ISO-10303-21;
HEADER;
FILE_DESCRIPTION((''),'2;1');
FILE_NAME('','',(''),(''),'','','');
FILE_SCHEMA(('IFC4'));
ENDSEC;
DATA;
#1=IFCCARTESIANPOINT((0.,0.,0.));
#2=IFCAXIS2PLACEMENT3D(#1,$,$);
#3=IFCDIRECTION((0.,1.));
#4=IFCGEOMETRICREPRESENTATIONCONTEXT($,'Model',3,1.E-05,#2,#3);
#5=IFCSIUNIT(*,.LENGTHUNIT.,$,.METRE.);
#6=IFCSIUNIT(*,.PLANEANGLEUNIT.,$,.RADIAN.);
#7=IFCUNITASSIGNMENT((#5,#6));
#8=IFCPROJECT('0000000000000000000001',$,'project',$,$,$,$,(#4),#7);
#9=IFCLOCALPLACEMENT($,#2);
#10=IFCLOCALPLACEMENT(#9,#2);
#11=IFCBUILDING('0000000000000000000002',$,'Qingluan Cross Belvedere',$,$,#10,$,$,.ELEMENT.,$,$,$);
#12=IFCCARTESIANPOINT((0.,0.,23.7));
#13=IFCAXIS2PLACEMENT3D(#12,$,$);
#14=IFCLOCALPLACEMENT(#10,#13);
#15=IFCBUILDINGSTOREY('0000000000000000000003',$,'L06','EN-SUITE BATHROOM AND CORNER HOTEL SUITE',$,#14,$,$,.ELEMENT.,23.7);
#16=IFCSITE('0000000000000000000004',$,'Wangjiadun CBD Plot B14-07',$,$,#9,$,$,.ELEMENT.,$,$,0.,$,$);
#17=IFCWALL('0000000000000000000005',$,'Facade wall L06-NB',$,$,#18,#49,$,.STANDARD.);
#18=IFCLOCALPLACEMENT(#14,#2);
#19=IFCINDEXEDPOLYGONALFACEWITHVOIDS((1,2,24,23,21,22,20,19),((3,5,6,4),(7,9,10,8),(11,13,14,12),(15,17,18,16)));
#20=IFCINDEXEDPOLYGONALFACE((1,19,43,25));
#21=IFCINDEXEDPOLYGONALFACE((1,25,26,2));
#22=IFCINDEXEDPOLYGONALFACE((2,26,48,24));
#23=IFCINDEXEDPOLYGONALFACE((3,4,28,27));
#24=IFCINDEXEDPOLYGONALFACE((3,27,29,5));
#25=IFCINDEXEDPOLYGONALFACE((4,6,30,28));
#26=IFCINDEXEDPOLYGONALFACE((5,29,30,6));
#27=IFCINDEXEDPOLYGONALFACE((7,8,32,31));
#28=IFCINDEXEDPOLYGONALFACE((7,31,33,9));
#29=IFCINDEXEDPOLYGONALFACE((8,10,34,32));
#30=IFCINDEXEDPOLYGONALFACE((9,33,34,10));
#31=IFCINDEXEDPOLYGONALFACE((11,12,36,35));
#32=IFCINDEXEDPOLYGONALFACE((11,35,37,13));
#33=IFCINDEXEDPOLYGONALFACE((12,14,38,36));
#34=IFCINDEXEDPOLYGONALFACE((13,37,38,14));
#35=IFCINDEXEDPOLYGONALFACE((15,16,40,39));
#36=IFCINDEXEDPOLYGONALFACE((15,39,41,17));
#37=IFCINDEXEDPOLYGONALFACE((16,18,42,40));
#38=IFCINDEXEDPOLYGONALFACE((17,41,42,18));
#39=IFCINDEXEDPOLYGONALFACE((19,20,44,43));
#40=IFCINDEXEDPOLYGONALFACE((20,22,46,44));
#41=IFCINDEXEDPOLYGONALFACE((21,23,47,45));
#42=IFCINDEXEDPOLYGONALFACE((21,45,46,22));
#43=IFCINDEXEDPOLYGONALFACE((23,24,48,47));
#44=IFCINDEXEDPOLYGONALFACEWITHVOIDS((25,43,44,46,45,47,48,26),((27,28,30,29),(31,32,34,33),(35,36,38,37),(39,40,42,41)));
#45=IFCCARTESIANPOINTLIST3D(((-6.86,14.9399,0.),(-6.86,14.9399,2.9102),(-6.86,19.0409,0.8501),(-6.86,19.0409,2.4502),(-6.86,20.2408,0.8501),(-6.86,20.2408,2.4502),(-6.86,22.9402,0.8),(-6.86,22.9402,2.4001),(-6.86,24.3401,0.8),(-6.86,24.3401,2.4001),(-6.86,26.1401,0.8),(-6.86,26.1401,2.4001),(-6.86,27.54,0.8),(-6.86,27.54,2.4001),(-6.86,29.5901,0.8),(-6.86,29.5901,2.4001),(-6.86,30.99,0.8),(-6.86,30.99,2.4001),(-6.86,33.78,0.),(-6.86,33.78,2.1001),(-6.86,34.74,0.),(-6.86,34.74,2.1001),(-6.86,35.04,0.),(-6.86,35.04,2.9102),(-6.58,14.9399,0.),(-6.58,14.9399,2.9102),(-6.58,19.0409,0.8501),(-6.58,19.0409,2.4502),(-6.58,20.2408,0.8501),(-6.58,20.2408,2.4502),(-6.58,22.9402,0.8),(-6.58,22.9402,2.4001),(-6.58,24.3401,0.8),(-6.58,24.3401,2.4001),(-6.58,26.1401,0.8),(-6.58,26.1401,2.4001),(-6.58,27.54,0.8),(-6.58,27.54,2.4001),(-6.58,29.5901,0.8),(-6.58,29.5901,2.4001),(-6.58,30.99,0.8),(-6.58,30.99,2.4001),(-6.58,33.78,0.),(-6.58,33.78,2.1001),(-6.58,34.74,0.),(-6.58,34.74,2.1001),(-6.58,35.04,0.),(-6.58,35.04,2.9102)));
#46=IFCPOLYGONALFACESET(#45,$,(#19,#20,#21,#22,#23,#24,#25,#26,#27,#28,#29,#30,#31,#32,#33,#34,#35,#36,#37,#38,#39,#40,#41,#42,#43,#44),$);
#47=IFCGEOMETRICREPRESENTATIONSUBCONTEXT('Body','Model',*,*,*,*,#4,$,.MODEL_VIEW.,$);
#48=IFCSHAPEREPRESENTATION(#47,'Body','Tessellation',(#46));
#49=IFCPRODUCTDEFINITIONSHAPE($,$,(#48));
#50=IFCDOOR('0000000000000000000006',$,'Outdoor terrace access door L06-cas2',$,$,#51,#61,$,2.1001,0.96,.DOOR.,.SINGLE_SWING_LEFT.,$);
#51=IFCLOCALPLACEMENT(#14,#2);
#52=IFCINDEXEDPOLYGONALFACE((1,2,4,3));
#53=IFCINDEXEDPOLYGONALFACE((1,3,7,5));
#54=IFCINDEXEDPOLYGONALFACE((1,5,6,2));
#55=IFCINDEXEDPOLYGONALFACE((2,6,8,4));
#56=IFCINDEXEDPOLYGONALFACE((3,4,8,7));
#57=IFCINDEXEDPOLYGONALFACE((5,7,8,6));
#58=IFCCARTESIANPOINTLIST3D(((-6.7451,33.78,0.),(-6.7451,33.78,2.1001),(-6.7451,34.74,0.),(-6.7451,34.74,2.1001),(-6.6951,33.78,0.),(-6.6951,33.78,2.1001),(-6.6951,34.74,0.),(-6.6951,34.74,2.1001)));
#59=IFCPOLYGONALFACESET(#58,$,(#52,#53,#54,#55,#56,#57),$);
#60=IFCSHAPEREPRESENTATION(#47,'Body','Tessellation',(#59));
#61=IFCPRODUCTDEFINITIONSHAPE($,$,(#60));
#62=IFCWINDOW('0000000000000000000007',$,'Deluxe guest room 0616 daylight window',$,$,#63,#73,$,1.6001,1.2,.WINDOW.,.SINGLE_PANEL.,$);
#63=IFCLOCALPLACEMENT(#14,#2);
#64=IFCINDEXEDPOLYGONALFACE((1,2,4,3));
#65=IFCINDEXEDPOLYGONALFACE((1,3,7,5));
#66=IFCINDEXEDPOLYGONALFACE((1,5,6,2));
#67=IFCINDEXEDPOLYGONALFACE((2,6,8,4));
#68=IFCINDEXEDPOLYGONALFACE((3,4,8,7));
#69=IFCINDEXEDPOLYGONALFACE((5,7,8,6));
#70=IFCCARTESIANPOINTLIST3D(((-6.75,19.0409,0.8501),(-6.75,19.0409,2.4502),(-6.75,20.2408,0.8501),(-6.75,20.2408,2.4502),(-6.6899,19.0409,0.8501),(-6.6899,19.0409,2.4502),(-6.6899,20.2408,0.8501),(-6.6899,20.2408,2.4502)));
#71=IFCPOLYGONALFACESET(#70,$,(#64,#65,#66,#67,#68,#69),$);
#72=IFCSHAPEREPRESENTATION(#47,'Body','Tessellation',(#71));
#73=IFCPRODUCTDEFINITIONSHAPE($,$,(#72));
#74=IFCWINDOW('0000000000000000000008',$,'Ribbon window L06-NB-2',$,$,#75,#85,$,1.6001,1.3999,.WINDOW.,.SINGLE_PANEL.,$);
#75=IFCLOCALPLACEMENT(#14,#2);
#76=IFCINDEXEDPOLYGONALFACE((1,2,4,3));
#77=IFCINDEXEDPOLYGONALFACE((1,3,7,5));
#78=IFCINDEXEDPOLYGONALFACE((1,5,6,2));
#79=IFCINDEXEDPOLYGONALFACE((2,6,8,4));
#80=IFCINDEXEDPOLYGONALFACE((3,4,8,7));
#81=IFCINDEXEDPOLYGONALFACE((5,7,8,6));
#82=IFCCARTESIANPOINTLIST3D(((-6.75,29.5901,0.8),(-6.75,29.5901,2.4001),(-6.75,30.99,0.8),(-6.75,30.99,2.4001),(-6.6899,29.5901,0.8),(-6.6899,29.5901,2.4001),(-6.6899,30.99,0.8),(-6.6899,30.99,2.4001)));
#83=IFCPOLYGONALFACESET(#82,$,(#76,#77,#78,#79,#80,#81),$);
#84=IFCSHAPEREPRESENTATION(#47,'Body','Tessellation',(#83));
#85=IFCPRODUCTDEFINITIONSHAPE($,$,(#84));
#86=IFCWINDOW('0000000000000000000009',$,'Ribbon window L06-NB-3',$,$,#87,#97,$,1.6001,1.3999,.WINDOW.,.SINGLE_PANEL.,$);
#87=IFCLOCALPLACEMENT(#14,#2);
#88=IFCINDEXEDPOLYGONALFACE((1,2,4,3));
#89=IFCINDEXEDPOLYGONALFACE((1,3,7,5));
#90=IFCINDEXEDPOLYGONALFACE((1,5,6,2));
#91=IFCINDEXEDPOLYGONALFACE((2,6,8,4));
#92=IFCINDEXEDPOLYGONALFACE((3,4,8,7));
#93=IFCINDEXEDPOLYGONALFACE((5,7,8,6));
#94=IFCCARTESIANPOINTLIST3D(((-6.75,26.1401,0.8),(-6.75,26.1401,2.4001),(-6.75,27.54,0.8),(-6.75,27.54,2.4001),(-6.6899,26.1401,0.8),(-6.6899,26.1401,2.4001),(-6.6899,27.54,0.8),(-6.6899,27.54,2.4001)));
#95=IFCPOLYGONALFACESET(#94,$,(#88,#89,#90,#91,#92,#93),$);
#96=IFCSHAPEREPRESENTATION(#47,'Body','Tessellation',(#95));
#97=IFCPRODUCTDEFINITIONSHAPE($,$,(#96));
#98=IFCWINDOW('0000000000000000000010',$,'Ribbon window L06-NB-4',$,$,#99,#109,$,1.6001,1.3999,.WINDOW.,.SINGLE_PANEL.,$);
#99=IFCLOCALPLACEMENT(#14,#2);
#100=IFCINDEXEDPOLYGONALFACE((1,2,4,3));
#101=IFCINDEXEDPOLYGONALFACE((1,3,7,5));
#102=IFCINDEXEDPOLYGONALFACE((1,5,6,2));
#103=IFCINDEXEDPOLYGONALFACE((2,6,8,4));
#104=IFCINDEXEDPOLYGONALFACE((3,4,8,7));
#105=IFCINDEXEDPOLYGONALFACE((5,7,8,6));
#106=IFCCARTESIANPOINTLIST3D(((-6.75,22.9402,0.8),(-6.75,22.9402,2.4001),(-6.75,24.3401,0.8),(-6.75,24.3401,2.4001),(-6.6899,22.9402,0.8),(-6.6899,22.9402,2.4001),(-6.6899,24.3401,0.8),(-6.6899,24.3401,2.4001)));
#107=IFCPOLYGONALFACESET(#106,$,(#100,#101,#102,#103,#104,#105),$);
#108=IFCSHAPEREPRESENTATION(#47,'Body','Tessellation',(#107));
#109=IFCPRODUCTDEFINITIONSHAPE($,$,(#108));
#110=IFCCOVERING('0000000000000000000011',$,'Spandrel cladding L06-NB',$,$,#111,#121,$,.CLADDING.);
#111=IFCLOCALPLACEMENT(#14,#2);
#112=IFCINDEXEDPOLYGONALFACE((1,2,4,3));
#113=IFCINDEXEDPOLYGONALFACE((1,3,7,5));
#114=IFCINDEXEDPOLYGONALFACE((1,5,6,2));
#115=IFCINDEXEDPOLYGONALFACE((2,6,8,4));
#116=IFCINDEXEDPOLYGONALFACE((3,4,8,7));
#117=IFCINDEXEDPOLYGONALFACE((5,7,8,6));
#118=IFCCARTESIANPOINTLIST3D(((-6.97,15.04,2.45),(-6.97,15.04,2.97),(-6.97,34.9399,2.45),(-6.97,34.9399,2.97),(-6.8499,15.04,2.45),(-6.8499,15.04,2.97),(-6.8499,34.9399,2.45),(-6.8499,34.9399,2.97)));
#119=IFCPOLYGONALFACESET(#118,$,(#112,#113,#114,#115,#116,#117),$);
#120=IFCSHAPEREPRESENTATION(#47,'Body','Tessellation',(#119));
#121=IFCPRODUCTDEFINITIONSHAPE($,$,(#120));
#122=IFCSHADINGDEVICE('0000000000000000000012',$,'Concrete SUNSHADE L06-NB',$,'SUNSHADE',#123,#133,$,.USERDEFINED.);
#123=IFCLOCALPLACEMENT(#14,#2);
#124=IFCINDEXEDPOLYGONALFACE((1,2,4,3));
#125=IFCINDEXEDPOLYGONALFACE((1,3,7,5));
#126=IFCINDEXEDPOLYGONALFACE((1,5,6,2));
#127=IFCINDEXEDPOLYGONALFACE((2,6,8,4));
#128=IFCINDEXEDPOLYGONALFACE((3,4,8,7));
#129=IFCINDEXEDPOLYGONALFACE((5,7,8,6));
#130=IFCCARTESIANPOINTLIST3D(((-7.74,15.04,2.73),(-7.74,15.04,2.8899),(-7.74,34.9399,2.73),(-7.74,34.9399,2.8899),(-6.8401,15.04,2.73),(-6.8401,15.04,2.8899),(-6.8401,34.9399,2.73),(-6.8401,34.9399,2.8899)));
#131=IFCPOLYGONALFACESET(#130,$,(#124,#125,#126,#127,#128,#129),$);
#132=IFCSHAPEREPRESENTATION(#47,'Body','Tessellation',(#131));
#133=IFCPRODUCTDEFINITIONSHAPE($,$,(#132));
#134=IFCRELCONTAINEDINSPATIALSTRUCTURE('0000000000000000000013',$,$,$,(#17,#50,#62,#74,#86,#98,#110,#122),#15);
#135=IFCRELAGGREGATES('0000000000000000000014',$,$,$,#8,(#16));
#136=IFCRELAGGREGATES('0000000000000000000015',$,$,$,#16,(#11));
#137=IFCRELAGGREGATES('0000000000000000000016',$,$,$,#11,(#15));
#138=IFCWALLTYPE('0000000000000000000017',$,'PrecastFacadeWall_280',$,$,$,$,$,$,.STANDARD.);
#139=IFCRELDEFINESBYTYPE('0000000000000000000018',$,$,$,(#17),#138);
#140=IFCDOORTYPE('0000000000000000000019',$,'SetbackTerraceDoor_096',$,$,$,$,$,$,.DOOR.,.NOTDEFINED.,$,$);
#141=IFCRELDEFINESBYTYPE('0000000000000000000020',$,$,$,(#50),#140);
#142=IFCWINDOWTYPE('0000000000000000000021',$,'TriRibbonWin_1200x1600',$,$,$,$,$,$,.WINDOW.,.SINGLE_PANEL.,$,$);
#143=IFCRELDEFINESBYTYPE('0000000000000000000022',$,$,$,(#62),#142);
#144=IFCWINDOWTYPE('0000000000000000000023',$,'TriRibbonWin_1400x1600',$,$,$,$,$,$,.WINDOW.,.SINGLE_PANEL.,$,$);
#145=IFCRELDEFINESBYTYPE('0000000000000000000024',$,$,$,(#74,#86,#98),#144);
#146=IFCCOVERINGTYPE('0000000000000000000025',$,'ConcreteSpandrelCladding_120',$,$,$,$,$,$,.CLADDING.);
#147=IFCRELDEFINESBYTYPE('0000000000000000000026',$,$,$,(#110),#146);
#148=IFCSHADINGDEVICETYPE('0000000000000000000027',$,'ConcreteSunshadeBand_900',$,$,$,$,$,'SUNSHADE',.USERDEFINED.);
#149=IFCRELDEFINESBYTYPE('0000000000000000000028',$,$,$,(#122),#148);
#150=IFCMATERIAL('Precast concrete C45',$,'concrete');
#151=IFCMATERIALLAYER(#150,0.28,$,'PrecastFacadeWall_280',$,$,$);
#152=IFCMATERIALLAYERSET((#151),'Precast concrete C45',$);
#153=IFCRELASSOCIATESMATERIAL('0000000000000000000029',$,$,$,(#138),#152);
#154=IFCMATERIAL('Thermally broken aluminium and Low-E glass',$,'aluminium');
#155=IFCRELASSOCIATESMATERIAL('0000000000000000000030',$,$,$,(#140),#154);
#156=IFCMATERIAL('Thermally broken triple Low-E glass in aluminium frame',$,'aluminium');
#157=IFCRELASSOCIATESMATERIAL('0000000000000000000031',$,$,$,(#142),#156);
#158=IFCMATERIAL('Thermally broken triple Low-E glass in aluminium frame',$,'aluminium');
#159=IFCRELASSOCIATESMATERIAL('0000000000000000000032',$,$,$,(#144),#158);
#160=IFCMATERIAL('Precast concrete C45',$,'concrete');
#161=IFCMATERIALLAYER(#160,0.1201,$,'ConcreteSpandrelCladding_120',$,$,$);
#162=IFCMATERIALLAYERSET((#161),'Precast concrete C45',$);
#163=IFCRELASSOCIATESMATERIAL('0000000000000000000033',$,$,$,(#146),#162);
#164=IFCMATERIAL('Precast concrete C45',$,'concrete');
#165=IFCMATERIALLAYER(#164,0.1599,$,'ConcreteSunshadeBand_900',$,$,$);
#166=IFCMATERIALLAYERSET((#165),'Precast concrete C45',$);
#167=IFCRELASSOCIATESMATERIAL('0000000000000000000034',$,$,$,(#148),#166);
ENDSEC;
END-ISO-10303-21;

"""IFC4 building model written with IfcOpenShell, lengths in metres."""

from ifc_helpers import new_model, si_unit, direction, frame, frame_2d, origin, origin_2d, place, context, subcontext, project, spatial, rectangle, extrude, material, layer, layer_set, type_object, element, fill, save


model = new_model("IFC4")

# Units and contexts
model_context = context("Model", 3, precision=1e-05, world=origin(), true_north=direction((0.0, 1.0)))
body_context = subcontext(model_context, "Body", "Model", "MODEL_VIEW")
ifc_project = project(units=[si_unit("LENGTHUNIT", "METRE"), si_unit("PLANEANGLEUNIT", "RADIAN")], contexts=[model_context])

# Site, building, storey
site_placement = place(None, origin())
site = spatial("IfcSite", under=ifc_project, at=site_placement, Name="Wangjiadun CBD Plot B14-07", CompositionType="ELEMENT", RefElevation=0.0)
building_placement = place(site_placement, origin())
building = spatial("IfcBuilding", under=site, at=building_placement, Name="Qingluan Cross Belvedere", CompositionType="ELEMENT")
storey_placement = place(building_placement, frame((0.0, 0.0, 23.7)))
storey = spatial("IfcBuildingStorey", under=building, at=storey_placement, Name="L06", Description="EN-SUITE BATHROOM AND CORNER HOTEL SUITE", CompositionType="ELEMENT", Elevation=23.7)

# Wall, openings, door, windows
ifc_material_1 = material(Name="Precast concrete C45", Category="concrete")
ifc_layer_1 = layer(ifc_material_1, 0.28, Name="PrecastFacadeWall_280")
ifc_layer_set_1 = layer_set([ifc_layer_1], Name="Precast concrete C45")
wall_type = type_object("IfcWallType", Name="PrecastFacadeWall_280", PredefinedType="STANDARD", material=ifc_layer_set_1)
wall_placement = place(storey_placement, frame((-6.72, 35.04, 0.0), z_axis=(0.0, 0.0, 1.0), x_axis=(0.0, -1.0, 0.0)))
wall = element("IfcWall", 1, at=wall_placement, inside=storey, type_object=wall_type, Name="Facade wall L06-NB", PredefinedType="STANDARD", context=body_context, shape_type="SweptSolid", body=[
    extrude(rectangle(XDim=20.1001, YDim=0.28, at=frame_2d((10.05, 0.0))), origin(), (0.0, 0.0, 1.0), 2.9102),
])
opening_1_placement = place(wall_placement, frame((4.05, 0.0, 0.8)))
opening_1 = element("IfcOpeningElement", 2, at=opening_1_placement, cuts=wall, PredefinedType="OPENING", context=body_context, shape_type="SweptSolid", body=[
    extrude(rectangle(XDim=1.3999, YDim=1.6001, at=frame_2d((0.7, 0.8))), frame((0.0, 0.1499, 0.0), z_axis=(0.0, -1.0, 0.0), x_axis=(1.0, 0.0, 0.0)), (0.0, 0.0, 1.0), 0.3),
])
opening_2_placement = place(wall_placement, frame((7.5, 0.0, 0.8)))
opening_2 = element("IfcOpeningElement", 3, at=opening_2_placement, cuts=wall, PredefinedType="OPENING", context=body_context, shape_type="SweptSolid", body=[
    extrude(rectangle(XDim=1.3999, YDim=1.6001, at=frame_2d((0.7, 0.8))), frame((0.0, 0.1499, 0.0), z_axis=(0.0, -1.0, 0.0), x_axis=(1.0, 0.0, 0.0)), (0.0, 0.0, 1.0), 0.3),
])
opening_3_placement = place(wall_placement, frame((10.7, 0.0, 0.8)))
opening_3 = element("IfcOpeningElement", 4, at=opening_3_placement, cuts=wall, PredefinedType="OPENING", context=body_context, shape_type="SweptSolid", body=[
    extrude(rectangle(XDim=1.3999, YDim=1.6001, at=frame_2d((0.7, 0.8))), frame((0.0, 0.1499, 0.0), z_axis=(0.0, -1.0, 0.0), x_axis=(1.0, 0.0, 0.0)), (0.0, 0.0, 1.0), 0.3),
])
opening_4_placement = place(wall_placement, frame((0.3, 0.0, 0.0)))
opening_4 = element("IfcOpeningElement", 5, at=opening_4_placement, cuts=wall, PredefinedType="OPENING", context=body_context, shape_type="SweptSolid", body=[
    extrude(rectangle(XDim=0.96, YDim=2.1001, at=frame_2d((0.48, 1.05))), frame((0.0, 0.1499, 0.0), z_axis=(0.0, -1.0, 0.0), x_axis=(1.0, 0.0, 0.0)), (0.0, 0.0, 1.0), 0.3),
])
opening_5_placement = place(wall_placement, frame((14.7991, 0.0, 0.8501)))
opening_5 = element("IfcOpeningElement", 6, at=opening_5_placement, cuts=wall, PredefinedType="OPENING", context=body_context, shape_type="SweptSolid", body=[
    extrude(rectangle(XDim=1.2, YDim=1.6001, at=frame_2d((0.6001, 0.8))), frame((0.0, 0.1499, 0.0), z_axis=(0.0, -1.0, 0.0), x_axis=(1.0, 0.0, 0.0)), (0.0, 0.0, 1.0), 0.3),
])
ifc_material_2 = material(Name="Thermally broken aluminium and Low-E glass", Category="aluminium")
door_type = type_object("IfcDoorType", Name="SetbackTerraceDoor_096", OperationType="NOTDEFINED", PredefinedType="DOOR", material=ifc_material_2)
door_placement = place(opening_4_placement, origin())
door = element("IfcDoor", 7, at=door_placement, inside=storey, type_object=door_type, Name="Outdoor terrace access door L06-cas2", OperationType="SINGLE_SWING_LEFT", OverallHeight=2.1001, OverallWidth=0.96, PredefinedType="DOOR", context=body_context, shape_type="SweptSolid", body=[
    extrude(rectangle(XDim=0.96, YDim=2.1001, at=frame_2d((0.48, 1.05))), frame((0.0, 0.0249, 0.0), z_axis=(0.0, -1.0, 0.0), x_axis=(1.0, 0.0, 0.0)), (0.0, 0.0, 1.0), 0.05),
])
fill(opening_4, door)
ifc_material_3 = material(Name="Thermally broken triple Low-E glass in aluminium frame", Category="aluminium")
window_type_1 = type_object("IfcWindowType", Name="TriRibbonWin_1200x1600", PartitioningType="SINGLE_PANEL", PredefinedType="WINDOW", material=ifc_material_3)
window_1_placement = place(opening_5_placement, origin())
window_1 = element("IfcWindow", 8, at=window_1_placement, inside=storey, type_object=window_type_1, Name="Deluxe guest room 0616 daylight window", OverallHeight=1.6001, OverallWidth=1.2, PartitioningType="SINGLE_PANEL", PredefinedType="WINDOW", context=body_context, shape_type="SweptSolid", body=[
    extrude(rectangle(XDim=1.2, YDim=1.6001, at=frame_2d((0.6001, 0.8))), frame((0.0, 0.03, 0.0), z_axis=(0.0, -1.0, 0.0), x_axis=(1.0, 0.0, 0.0)), (0.0, 0.0, 1.0), 0.0601),
])
fill(opening_5, window_1)
ifc_material_4 = material(Name="Thermally broken triple Low-E glass in aluminium frame", Category="aluminium")
window_type_2 = type_object("IfcWindowType", Name="TriRibbonWin_1400x1600", PartitioningType="SINGLE_PANEL", PredefinedType="WINDOW", material=ifc_material_4)
window_2_placement = place(opening_1_placement, origin())
window_2 = element("IfcWindow", 9, at=window_2_placement, inside=storey, type_object=window_type_2, Name="Ribbon window L06-NB-2", OverallHeight=1.6001, OverallWidth=1.3999, PartitioningType="SINGLE_PANEL", PredefinedType="WINDOW", context=body_context, shape_type="SweptSolid", body=[
    extrude(rectangle(XDim=1.3999, YDim=1.6001, at=frame_2d((0.7, 0.8))), frame((0.0, 0.03, 0.0), z_axis=(0.0, -1.0, 0.0), x_axis=(1.0, 0.0, 0.0)), (0.0, 0.0, 1.0), 0.0601),
])
fill(opening_1, window_2)
window_3_placement = place(opening_2_placement, origin())
window_3 = element("IfcWindow", 10, at=window_3_placement, inside=storey, type_object=window_type_2, Name="Ribbon window L06-NB-3", OverallHeight=1.6001, OverallWidth=1.3999, PartitioningType="SINGLE_PANEL", PredefinedType="WINDOW", context=body_context, shape_type="SweptSolid", body=[
    extrude(rectangle(XDim=1.3999, YDim=1.6001, at=frame_2d((0.7, 0.8))), frame((0.0, 0.03, 0.0), z_axis=(0.0, -1.0, 0.0), x_axis=(1.0, 0.0, 0.0)), (0.0, 0.0, 1.0), 0.0601),
])
fill(opening_2, window_3)
window_4_placement = place(opening_3_placement, origin())
window_4 = element("IfcWindow", 11, at=window_4_placement, inside=storey, type_object=window_type_2, Name="Ribbon window L06-NB-4", OverallHeight=1.6001, OverallWidth=1.3999, PartitioningType="SINGLE_PANEL", PredefinedType="WINDOW", context=body_context, shape_type="SweptSolid", body=[
    extrude(rectangle(XDim=1.3999, YDim=1.6001, at=frame_2d((0.7, 0.8))), frame((0.0, 0.03, 0.0), z_axis=(0.0, -1.0, 0.0), x_axis=(1.0, 0.0, 0.0)), (0.0, 0.0, 1.0), 0.0601),
])
fill(opening_3, window_4)

# Covering
ifc_material_5 = material(Name="Precast concrete C45", Category="concrete")
ifc_layer_2 = layer(ifc_material_5, 0.1201, Name="ConcreteSpandrelCladding_120")
ifc_layer_set_2 = layer_set([ifc_layer_2], Name="Precast concrete C45")
covering_type_1 = type_object("IfcCoveringType", Name="ConcreteSpandrelCladding_120", PredefinedType="CLADDING", material=ifc_layer_set_2)
covering_1_placement = place(storey_placement, frame((-6.9099, 24.99, 2.45), z_axis=(0.0, 0.0, 1.0), x_axis=(0.0, -1.0, 0.0)))
element("IfcCovering", 12, at=covering_1_placement, inside=storey, type_object=covering_type_1, Name="Spandrel cladding L06-NB", PredefinedType="CLADDING", context=body_context, shape_type="SweptSolid", body=[
    extrude(rectangle(XDim=19.8999, YDim=0.1201, at=origin_2d()), origin(), (0.0, 0.0, 1.0), 0.52),
])

# Shading device
ifc_material_6 = material(Name="Precast concrete C45", Category="concrete")
ifc_layer_3 = layer(ifc_material_6, 0.1599, Name="ConcreteSunshadeBand_900")
ifc_layer_set_3 = layer_set([ifc_layer_3], Name="Precast concrete C45")
shading_device_type = type_object("IfcShadingDeviceType", Name="ConcreteSunshadeBand_900", ElementType="SUNSHADE", PredefinedType="USERDEFINED", material=ifc_layer_set_3)
shading_device_placement = place(storey_placement, frame((-7.29, 24.99, 2.73), z_axis=(0.0, 0.0, 1.0), x_axis=(0.0, -1.0, 0.0)))
element("IfcShadingDevice", 13, at=shading_device_placement, inside=storey, type_object=shading_device_type, Name="Concrete SUNSHADE L06-NB", ObjectType="SUNSHADE", PredefinedType="USERDEFINED", context=body_context, shape_type="SweptSolid", body=[
    extrude(rectangle(XDim=19.8999, YDim=0.8999, at=origin_2d()), origin(), (0.0, 0.0, 1.0), 0.1599),
])

save(model, "model.ifc")
